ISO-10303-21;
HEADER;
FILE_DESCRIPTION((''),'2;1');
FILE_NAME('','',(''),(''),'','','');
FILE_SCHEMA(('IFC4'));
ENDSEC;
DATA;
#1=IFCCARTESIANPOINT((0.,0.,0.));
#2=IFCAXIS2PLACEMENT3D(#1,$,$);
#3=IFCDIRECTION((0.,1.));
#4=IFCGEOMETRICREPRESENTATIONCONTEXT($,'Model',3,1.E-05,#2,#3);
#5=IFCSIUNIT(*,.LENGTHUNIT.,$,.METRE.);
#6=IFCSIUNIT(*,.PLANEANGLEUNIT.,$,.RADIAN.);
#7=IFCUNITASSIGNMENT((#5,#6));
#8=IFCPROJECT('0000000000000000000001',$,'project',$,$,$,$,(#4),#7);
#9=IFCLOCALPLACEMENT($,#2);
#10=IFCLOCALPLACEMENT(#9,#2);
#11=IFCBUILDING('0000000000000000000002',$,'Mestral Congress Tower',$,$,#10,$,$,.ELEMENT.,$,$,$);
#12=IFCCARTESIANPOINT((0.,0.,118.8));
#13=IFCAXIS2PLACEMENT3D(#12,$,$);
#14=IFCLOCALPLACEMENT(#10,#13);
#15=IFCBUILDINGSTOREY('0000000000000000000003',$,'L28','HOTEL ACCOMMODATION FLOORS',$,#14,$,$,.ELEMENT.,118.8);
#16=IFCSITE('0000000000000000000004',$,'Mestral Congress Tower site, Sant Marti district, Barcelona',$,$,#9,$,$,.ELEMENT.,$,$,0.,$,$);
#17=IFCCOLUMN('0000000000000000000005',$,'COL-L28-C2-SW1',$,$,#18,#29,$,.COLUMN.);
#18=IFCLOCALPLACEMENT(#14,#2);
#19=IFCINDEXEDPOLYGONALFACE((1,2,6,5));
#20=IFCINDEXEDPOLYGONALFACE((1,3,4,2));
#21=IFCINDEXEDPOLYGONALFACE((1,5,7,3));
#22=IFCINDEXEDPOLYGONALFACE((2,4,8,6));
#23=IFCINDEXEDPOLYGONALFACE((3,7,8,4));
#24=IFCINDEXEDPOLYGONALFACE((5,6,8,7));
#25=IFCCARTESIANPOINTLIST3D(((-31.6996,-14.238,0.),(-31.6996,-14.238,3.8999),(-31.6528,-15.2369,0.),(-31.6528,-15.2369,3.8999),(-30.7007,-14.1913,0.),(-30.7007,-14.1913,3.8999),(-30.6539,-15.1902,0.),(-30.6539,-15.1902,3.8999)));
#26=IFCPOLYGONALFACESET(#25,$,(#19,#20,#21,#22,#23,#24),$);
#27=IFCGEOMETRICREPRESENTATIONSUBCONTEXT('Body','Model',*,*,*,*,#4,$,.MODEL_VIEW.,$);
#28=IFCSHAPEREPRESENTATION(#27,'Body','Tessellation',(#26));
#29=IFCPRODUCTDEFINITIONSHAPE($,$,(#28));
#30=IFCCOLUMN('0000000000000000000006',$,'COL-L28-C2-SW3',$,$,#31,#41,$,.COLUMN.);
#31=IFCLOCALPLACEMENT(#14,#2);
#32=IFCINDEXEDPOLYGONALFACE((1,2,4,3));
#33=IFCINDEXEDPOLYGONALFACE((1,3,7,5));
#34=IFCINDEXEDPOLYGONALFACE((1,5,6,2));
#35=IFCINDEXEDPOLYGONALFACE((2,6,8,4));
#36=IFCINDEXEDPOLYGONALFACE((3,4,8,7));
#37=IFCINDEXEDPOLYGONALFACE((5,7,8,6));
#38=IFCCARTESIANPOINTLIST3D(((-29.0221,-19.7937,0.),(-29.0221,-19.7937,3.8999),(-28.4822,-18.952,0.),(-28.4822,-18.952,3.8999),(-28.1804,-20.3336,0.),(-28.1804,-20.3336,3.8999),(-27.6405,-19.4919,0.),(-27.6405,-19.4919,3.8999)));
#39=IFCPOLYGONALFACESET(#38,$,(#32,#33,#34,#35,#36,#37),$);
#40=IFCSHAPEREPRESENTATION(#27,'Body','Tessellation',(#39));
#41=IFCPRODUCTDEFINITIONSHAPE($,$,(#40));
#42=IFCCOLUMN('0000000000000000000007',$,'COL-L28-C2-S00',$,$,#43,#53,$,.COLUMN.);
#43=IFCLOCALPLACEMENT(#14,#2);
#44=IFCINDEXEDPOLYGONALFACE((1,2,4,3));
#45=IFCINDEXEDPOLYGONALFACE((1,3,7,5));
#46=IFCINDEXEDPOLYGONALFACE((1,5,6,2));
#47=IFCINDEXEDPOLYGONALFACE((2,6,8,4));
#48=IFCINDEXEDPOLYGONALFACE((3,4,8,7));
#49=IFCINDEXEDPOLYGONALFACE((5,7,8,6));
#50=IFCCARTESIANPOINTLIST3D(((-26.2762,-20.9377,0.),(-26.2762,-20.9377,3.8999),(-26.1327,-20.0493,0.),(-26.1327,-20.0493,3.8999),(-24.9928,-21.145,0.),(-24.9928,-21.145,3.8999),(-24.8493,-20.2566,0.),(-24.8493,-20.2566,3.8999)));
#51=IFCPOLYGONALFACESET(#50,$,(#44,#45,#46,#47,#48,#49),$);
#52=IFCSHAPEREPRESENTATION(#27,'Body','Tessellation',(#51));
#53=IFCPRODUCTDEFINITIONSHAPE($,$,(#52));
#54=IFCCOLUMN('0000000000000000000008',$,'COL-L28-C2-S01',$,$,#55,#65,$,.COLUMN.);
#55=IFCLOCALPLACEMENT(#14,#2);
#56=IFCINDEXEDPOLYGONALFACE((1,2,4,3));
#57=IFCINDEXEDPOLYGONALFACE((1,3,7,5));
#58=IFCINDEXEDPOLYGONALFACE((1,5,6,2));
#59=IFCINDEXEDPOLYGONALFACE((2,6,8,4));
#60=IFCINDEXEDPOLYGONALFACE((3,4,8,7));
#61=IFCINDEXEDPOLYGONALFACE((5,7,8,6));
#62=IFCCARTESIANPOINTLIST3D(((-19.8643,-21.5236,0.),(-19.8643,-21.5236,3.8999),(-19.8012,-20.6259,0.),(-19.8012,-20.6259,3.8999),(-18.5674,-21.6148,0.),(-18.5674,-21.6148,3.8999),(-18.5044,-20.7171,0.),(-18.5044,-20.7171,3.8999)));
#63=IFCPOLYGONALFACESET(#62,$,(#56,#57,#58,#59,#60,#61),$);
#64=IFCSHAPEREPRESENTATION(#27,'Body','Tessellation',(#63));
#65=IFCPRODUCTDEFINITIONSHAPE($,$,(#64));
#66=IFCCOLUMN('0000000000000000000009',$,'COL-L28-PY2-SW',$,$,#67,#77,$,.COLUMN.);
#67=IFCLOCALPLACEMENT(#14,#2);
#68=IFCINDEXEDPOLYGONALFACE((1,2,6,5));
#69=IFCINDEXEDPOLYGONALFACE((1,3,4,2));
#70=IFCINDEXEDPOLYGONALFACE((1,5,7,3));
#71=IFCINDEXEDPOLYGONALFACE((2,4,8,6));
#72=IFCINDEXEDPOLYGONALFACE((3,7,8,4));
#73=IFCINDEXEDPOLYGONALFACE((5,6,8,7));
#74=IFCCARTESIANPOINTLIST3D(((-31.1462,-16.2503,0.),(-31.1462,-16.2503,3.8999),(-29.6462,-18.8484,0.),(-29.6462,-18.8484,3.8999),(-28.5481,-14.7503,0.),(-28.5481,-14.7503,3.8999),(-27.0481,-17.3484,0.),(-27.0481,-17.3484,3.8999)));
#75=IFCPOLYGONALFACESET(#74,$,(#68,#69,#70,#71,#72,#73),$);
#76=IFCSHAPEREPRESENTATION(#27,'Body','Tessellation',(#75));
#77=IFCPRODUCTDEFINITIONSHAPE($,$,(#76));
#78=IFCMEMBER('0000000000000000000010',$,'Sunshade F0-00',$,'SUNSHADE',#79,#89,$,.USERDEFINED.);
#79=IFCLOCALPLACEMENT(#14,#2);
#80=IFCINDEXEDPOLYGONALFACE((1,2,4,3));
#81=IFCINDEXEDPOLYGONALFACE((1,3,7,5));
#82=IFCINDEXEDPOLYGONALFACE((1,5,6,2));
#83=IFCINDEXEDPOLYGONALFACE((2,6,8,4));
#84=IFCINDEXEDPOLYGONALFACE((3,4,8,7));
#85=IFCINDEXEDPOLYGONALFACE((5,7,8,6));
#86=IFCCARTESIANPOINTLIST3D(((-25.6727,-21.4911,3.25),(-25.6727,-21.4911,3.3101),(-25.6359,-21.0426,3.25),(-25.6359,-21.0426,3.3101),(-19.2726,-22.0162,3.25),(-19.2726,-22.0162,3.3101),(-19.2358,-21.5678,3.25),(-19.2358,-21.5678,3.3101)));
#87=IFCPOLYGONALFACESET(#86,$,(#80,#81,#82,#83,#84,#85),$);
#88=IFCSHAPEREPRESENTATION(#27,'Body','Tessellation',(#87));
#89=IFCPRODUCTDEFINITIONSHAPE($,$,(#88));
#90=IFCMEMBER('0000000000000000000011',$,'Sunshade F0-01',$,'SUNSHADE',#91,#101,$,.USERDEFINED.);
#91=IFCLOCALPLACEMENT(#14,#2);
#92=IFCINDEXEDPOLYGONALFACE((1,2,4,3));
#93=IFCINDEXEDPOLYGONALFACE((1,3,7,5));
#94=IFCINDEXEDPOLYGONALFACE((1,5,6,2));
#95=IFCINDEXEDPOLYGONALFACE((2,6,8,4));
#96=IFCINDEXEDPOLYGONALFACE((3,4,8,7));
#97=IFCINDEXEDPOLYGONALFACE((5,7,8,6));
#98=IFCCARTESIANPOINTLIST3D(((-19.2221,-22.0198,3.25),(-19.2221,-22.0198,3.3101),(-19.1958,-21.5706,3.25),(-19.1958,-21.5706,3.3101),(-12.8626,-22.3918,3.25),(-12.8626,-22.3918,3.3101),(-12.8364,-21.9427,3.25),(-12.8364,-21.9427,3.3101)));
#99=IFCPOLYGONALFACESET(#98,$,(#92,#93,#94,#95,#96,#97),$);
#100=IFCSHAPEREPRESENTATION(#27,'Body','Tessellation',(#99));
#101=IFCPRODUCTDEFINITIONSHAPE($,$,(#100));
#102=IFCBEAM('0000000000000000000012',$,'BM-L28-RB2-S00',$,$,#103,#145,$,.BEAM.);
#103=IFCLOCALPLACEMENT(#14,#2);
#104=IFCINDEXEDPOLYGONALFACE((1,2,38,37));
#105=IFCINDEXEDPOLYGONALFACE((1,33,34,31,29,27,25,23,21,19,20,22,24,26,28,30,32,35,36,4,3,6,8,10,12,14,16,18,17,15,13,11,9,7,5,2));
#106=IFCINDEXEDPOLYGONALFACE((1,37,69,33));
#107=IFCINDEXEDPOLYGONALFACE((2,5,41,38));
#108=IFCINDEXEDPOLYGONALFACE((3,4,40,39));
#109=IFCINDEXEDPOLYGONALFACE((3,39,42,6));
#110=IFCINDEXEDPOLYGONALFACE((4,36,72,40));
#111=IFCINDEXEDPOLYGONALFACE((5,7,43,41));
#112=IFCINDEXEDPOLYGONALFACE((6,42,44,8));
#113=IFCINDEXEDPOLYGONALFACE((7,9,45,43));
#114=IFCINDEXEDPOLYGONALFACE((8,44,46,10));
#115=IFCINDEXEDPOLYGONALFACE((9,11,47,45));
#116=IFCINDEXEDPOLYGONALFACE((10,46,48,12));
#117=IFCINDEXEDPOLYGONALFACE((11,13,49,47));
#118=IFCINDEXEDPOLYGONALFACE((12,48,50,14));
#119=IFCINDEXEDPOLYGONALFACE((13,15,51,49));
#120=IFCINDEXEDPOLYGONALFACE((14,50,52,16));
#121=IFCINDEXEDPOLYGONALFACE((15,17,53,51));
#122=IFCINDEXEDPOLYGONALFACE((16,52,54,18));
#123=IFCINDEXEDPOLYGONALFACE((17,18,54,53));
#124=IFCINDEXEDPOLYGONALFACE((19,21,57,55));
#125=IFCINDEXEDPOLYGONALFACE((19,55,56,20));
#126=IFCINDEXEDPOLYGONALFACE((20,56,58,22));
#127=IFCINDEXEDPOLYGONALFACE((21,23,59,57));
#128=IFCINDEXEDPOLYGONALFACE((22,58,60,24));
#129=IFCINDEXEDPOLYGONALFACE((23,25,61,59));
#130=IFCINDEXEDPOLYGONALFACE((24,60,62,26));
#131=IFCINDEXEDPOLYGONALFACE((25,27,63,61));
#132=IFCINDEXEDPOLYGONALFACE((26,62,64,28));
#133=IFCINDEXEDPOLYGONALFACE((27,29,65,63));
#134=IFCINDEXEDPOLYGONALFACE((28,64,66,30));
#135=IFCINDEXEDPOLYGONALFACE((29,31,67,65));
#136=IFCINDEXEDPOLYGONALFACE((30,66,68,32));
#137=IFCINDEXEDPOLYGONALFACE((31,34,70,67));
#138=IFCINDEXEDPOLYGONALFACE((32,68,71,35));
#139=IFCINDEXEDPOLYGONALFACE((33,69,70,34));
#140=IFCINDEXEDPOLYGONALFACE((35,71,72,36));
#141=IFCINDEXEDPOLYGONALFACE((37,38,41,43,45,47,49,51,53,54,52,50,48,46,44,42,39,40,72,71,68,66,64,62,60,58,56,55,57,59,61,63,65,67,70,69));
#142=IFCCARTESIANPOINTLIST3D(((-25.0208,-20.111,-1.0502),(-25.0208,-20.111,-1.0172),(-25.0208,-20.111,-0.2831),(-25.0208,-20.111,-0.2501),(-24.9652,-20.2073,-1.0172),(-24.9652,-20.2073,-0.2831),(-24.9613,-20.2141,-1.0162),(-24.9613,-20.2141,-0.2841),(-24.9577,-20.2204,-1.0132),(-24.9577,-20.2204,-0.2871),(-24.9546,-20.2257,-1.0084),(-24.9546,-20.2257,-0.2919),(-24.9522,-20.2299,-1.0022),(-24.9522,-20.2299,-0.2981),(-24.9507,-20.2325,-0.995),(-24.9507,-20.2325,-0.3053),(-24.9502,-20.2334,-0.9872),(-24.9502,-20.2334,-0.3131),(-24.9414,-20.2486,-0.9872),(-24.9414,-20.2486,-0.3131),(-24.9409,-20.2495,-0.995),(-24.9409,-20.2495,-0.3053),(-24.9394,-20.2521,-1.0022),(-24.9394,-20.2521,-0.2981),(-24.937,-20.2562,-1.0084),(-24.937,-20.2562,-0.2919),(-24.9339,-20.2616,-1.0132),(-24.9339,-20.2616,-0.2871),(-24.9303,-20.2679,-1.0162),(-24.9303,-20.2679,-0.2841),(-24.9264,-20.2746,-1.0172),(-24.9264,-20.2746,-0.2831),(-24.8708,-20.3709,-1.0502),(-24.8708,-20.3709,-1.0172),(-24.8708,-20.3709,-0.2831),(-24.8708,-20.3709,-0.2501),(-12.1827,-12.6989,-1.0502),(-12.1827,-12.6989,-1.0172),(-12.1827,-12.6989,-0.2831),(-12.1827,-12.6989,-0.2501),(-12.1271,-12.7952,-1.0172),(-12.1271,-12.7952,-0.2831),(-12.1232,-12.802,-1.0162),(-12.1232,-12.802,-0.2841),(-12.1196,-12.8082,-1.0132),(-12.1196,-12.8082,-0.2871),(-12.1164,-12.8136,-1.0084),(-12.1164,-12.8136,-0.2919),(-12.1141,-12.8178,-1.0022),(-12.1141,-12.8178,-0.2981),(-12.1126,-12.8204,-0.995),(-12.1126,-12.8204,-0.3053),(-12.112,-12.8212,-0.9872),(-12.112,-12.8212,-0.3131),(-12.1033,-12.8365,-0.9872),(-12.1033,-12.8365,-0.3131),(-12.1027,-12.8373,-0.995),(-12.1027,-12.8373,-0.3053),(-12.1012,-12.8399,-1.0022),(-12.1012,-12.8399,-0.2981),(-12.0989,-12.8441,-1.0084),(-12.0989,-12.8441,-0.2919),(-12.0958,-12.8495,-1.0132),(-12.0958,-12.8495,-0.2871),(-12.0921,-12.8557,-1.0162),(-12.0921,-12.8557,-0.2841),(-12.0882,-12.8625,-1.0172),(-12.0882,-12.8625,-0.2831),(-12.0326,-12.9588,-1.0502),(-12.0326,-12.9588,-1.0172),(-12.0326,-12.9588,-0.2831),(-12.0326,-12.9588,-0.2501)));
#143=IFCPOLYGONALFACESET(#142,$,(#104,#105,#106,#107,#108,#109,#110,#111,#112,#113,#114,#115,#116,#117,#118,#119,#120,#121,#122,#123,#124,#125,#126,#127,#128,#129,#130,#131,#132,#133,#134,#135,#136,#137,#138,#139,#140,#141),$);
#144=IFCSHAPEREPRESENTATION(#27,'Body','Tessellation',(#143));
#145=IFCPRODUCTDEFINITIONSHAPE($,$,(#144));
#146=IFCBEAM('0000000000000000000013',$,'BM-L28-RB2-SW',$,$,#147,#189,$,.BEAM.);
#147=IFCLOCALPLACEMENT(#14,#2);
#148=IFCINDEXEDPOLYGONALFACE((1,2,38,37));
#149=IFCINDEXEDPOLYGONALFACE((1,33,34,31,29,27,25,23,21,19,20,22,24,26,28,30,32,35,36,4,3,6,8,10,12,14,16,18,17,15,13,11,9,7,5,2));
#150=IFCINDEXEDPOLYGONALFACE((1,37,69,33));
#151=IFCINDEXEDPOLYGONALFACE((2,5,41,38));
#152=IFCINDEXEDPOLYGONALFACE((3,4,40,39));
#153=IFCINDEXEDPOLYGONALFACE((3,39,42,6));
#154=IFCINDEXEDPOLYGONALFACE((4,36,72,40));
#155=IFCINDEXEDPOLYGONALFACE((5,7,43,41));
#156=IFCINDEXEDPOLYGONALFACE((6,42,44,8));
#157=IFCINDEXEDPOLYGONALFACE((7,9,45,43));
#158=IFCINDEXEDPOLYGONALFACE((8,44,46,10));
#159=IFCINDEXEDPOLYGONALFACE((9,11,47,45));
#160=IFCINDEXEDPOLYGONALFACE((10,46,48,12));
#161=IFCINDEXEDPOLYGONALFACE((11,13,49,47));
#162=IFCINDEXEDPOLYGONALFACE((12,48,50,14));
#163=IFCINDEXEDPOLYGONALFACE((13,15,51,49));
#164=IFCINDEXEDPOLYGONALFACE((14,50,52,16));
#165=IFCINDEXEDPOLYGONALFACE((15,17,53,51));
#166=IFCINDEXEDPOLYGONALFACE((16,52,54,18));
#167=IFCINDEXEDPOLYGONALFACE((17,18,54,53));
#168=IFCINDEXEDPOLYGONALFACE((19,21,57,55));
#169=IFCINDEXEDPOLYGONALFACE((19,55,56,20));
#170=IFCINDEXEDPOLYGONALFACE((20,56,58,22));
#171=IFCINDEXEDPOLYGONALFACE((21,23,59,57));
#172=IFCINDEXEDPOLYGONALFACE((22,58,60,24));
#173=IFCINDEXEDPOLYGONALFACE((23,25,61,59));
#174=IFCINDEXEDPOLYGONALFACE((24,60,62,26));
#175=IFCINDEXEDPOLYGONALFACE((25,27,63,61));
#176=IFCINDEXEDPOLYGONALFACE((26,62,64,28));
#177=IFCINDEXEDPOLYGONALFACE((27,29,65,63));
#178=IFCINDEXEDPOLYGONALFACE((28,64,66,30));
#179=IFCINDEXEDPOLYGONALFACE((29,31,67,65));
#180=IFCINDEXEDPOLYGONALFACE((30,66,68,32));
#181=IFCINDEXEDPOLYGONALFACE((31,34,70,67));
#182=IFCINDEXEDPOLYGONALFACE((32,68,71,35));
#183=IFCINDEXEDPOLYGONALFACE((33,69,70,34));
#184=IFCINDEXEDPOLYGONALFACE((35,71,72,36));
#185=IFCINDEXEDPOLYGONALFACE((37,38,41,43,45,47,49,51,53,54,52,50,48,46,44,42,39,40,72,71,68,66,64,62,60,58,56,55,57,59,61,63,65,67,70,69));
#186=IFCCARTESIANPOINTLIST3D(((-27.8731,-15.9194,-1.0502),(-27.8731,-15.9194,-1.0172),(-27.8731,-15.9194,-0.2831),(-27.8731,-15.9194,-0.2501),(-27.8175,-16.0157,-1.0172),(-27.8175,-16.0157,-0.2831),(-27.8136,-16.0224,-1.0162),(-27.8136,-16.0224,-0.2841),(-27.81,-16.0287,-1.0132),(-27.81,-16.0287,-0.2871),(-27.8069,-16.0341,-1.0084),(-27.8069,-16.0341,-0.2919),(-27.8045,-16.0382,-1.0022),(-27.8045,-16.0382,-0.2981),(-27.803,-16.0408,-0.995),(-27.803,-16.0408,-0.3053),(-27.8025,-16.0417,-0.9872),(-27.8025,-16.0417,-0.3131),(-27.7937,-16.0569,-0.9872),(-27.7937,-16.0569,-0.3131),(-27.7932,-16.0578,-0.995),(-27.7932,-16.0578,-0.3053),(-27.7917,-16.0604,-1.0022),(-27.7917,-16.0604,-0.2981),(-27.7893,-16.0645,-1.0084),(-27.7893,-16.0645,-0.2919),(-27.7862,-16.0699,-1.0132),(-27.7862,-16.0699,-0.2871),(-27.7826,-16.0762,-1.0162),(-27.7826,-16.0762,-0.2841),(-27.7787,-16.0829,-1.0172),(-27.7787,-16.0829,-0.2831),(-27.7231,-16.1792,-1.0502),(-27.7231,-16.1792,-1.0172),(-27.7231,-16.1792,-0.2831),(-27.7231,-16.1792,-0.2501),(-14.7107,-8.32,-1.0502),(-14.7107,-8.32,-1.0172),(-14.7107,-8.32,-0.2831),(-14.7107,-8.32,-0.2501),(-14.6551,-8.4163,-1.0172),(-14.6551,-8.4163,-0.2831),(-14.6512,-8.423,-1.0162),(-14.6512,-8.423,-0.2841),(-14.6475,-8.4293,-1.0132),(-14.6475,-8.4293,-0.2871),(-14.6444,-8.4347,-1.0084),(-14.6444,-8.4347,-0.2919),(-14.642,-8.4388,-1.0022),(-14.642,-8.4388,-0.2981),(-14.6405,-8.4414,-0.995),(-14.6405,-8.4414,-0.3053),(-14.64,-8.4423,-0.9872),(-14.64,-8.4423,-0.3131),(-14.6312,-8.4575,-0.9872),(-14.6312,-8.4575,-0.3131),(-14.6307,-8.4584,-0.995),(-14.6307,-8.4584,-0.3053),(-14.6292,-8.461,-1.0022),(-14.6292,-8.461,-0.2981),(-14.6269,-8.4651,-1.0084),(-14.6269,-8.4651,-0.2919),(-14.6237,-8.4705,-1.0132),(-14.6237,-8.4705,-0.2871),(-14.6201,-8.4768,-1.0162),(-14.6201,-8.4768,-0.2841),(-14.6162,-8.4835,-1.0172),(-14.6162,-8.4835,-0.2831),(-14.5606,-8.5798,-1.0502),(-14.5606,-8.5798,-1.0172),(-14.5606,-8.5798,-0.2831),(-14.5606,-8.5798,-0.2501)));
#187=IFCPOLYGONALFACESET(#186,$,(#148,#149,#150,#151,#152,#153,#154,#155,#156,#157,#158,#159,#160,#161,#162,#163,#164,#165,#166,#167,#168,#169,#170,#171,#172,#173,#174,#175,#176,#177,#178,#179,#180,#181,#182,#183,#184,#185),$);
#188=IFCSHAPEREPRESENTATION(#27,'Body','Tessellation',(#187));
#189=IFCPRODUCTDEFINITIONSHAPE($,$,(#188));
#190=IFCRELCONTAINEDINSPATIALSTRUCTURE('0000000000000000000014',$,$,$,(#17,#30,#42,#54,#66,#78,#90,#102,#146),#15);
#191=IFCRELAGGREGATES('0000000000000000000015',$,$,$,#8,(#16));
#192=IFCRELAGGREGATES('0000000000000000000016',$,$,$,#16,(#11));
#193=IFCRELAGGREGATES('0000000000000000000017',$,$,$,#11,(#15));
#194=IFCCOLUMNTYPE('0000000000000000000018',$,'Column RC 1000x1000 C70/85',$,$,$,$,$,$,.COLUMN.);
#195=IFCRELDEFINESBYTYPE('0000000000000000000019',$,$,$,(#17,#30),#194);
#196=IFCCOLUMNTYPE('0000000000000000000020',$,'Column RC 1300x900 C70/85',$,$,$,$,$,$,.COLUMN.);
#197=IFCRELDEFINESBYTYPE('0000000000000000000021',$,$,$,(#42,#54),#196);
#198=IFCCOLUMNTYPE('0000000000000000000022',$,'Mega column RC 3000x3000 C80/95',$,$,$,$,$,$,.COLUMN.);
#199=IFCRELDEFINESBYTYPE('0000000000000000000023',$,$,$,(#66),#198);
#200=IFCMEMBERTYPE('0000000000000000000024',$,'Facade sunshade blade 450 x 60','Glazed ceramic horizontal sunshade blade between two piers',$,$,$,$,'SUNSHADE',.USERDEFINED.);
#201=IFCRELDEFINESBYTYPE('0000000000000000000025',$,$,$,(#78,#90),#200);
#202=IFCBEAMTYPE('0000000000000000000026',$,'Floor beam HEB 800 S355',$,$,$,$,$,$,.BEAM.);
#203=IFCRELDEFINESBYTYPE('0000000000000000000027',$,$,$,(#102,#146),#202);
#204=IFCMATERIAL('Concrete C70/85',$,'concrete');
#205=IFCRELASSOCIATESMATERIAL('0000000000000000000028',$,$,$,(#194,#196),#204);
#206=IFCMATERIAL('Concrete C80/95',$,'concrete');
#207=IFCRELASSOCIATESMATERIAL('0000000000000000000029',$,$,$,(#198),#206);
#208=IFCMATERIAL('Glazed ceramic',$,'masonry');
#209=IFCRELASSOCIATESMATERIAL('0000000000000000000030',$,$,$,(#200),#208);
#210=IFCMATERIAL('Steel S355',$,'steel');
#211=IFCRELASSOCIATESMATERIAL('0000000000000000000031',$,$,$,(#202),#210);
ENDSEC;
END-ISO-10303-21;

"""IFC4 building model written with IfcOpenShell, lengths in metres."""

from ifc_helpers import new_model, si_unit, direction, frame, origin, origin_2d, place, context, subcontext, project, spatial, rectangle, i_section, extrude, material, material_profile, profile_set, type_object, element, save


model = new_model("IFC4")

# Units and contexts
model_context = context("Model", 3, precision=1e-05, world=origin(), true_north=direction((0.0, 1.0)))
body_context = subcontext(model_context, "Body", "Model", "MODEL_VIEW")
ifc_project = project(units=[si_unit("LENGTHUNIT", "METRE"), si_unit("PLANEANGLEUNIT", "RADIAN")], contexts=[model_context])

# Site, building, storey
site_placement = place(None, origin())
site = spatial("IfcSite", under=ifc_project, at=site_placement, Name="Mestral Congress Tower site, Sant Marti district, Barcelona", CompositionType="ELEMENT", RefElevation=0.0)
building_placement = place(site_placement, origin())
building = spatial("IfcBuilding", under=site, at=building_placement, Name="Mestral Congress Tower", CompositionType="ELEMENT")
storey_placement = place(building_placement, frame((0.0, 0.0, 118.8)))
storey = spatial("IfcBuildingStorey", under=building, at=storey_placement, Name="L28", Description="HOTEL ACCOMMODATION FLOORS", CompositionType="ELEMENT", Elevation=118.8)

# Columns
ifc_material_1 = material(Name="Concrete C70/85", Category="concrete")
ifc_material_profile_1 = material_profile(ifc_material_1, rectangle(XDim=1.0, YDim=1.0, at=origin_2d()), Name="RC 1000x1000")
ifc_profile_set_1 = profile_set([ifc_material_profile_1], Name="Concrete C70/85")
column_type_1 = type_object("IfcColumnType", Name="Column RC 1000x1000 C70/85", PredefinedType="COLUMN", material=ifc_profile_set_1)
for number, where, z_axis, x_axis, name in (
    (1, (-31.1768, -14.7141, 0.0), (0.0, 0.0, 1.0), (0.046756, -0.998906, 0.0), "COL-L28-C2-SW1"),
    (2, (-28.3313, -19.6428, 0.0), (0.0, 0.0, 1.0), (0.8417, -0.539945, 0.0), "COL-L28-C2-SW3"),
):
    element("IfcColumn", number, at=place(storey_placement, frame(where, z_axis=z_axis, x_axis=x_axis)), inside=storey, type_object=column_type_1, Name=name, PredefinedType="COLUMN", context=body_context, shape_type="SweptSolid", body=[
        extrude(rectangle(XDim=1.0, YDim=1.0, at=origin_2d()), origin(), (0.0, 0.0, 1.0), 3.8999),
    ])
ifc_material_profile_2 = material_profile(ifc_material_1, rectangle(XDim=1.3, YDim=0.8999, at=origin_2d()), Name="RC 1300x900")
ifc_profile_set_2 = profile_set([ifc_material_profile_2], Name="Concrete C70/85")
column_type_2 = type_object("IfcColumnType", Name="Column RC 1300x900 C70/85", PredefinedType="COLUMN", material=ifc_profile_set_2)
for number, where, z_axis, x_axis, name in (
    (3, (-25.5627, -20.5972, 0.0), (0.0, 0.0, 1.0), (0.987202, -0.159473, 0.0), "COL-L28-C2-S00"),
    (4, (-19.1843, -21.1204, 0.0), (0.0, 0.0, 1.0), (0.99754, -0.070101, 0.0), "COL-L28-C2-S01"),
):
    element("IfcColumn", number, at=place(storey_placement, frame(where, z_axis=z_axis, x_axis=x_axis)), inside=storey, type_object=column_type_2, Name=name, PredefinedType="COLUMN", context=body_context, shape_type="SweptSolid", body=[
        extrude(rectangle(XDim=1.3, YDim=0.8999, at=origin_2d()), origin(), (0.0, 0.0, 1.0), 3.8999),
    ])
ifc_material_2 = material(Name="Concrete C80/95", Category="concrete")
ifc_material_profile_3 = material_profile(ifc_material_2, rectangle(XDim=3.0, YDim=3.0, at=origin_2d()), Name="RC 3000x3000")
ifc_profile_set_3 = profile_set([ifc_material_profile_3], Name="Concrete C80/95")
column_type_3 = type_object("IfcColumnType", Name="Mega column RC 3000x3000 C80/95", PredefinedType="COLUMN", material=ifc_profile_set_3)
column_placement = place(storey_placement, frame((-29.0972, -16.7993, 0.0), z_axis=(0.0, 0.0, 1.0), x_axis=(-0.866025, -0.5, 0.0)))
element("IfcColumn", 5, at=column_placement, inside=storey, type_object=column_type_3, Name="COL-L28-PY2-SW", PredefinedType="COLUMN", context=body_context, shape_type="SweptSolid", body=[
    extrude(rectangle(XDim=3.0, YDim=3.0, at=origin_2d()), origin(), (0.0, 0.0, 1.0), 3.8999),
])

# Members
ifc_material_3 = material(Name="Glazed ceramic", Category="masonry")
ifc_material_profile_4 = material_profile(ifc_material_3, rectangle(XDim=0.45, YDim=0.0601, at=origin_2d()), Name="Ceramic blade 450 x 60")
ifc_profile_set_4 = profile_set([ifc_material_profile_4], Name="Glazed ceramic")
member_type = type_object("IfcMemberType", Name="Facade sunshade blade 450 x 60", Description="Glazed ceramic horizontal sunshade blade between two piers", ElementType="SUNSHADE", PredefinedType="USERDEFINED", material=ifc_profile_set_4)
member_1_placement = place(storey_placement, frame((-25.6543, -21.2668, 3.28), z_axis=(0.996651, -0.081777, 0.0), x_axis=(0.081777, 0.996651, 0.0)))
element("IfcMember", 6, at=member_1_placement, inside=storey, type_object=member_type, Name="Sunshade F0-00", ObjectType="SUNSHADE", PredefinedType="USERDEFINED", context=body_context, shape_type="SweptSolid", body=[
    extrude(rectangle(XDim=0.45, YDim=0.0601, at=origin_2d()), origin(), (0.0, 0.0, 1.0), 6.4216),
])
member_2_placement = place(storey_placement, frame((-19.209, -21.7952, 3.28), z_axis=(0.998293, -0.058407, 0.0), x_axis=(0.058407, 0.998293, 0.0)))
element("IfcMember", 7, at=member_2_placement, inside=storey, type_object=member_type, Name="Sunshade F0-01", ObjectType="SUNSHADE", PredefinedType="USERDEFINED", context=body_context, shape_type="SweptSolid", body=[
    extrude(rectangle(XDim=0.45, YDim=0.0601, at=origin_2d()), origin(), (0.0, 0.0, 1.0), 6.3704),
])

# Beams
ifc_material_4 = material(Name="Steel S355", Category="steel")
ifc_material_profile_5 = material_profile(ifc_material_4, i_section(OverallWidth=0.3, OverallDepth=0.8, WebThickness=0.0176, FlangeThickness=0.033, FilletRadius=0.03, at=origin_2d()), Name="HEB 800")
ifc_profile_set_5 = profile_set([ifc_material_profile_5], Name="Steel S355")
beam_type_1 = type_object("IfcBeamType", Name="Floor beam HEB 800 S355", PredefinedType="BEAM", material=ifc_profile_set_5)
beam_1_placement = place(storey_placement, frame((-24.9458, -20.241, -0.6501), z_axis=(0.866025, 0.5, 0.0), x_axis=(-0.5, 0.866025, 0.0)))
element("IfcBeam", 8, at=beam_1_placement, inside=storey, type_object=beam_type_1, Name="BM-L28-RB2-S00", PredefinedType="BEAM", context=body_context, shape_type="SweptSolid", body=[
    extrude(i_section(OverallWidth=0.3, OverallDepth=0.8, WebThickness=0.0176, FlangeThickness=0.033, FilletRadius=0.03, at=origin_2d()), origin(), (0.0, 0.0, 1.0), 14.8242),
])
beam_2_placement = place(storey_placement, frame((-27.7981, -16.0493, -0.6501), z_axis=(0.866023, 0.500004, 0.0), x_axis=(-0.500004, 0.866023, 0.0)))
element("IfcBeam", 9, at=beam_2_placement, inside=storey, type_object=beam_type_1, Name="BM-L28-RB2-SW", PredefinedType="BEAM", context=body_context, shape_type="SweptSolid", body=[
    extrude(i_section(OverallWidth=0.3, OverallDepth=0.8, WebThickness=0.0176, FlangeThickness=0.033, FilletRadius=0.03, at=origin_2d()), origin(), (0.0, 0.0, 1.0), 15.1987),
])

save(model, "model.ifc")
